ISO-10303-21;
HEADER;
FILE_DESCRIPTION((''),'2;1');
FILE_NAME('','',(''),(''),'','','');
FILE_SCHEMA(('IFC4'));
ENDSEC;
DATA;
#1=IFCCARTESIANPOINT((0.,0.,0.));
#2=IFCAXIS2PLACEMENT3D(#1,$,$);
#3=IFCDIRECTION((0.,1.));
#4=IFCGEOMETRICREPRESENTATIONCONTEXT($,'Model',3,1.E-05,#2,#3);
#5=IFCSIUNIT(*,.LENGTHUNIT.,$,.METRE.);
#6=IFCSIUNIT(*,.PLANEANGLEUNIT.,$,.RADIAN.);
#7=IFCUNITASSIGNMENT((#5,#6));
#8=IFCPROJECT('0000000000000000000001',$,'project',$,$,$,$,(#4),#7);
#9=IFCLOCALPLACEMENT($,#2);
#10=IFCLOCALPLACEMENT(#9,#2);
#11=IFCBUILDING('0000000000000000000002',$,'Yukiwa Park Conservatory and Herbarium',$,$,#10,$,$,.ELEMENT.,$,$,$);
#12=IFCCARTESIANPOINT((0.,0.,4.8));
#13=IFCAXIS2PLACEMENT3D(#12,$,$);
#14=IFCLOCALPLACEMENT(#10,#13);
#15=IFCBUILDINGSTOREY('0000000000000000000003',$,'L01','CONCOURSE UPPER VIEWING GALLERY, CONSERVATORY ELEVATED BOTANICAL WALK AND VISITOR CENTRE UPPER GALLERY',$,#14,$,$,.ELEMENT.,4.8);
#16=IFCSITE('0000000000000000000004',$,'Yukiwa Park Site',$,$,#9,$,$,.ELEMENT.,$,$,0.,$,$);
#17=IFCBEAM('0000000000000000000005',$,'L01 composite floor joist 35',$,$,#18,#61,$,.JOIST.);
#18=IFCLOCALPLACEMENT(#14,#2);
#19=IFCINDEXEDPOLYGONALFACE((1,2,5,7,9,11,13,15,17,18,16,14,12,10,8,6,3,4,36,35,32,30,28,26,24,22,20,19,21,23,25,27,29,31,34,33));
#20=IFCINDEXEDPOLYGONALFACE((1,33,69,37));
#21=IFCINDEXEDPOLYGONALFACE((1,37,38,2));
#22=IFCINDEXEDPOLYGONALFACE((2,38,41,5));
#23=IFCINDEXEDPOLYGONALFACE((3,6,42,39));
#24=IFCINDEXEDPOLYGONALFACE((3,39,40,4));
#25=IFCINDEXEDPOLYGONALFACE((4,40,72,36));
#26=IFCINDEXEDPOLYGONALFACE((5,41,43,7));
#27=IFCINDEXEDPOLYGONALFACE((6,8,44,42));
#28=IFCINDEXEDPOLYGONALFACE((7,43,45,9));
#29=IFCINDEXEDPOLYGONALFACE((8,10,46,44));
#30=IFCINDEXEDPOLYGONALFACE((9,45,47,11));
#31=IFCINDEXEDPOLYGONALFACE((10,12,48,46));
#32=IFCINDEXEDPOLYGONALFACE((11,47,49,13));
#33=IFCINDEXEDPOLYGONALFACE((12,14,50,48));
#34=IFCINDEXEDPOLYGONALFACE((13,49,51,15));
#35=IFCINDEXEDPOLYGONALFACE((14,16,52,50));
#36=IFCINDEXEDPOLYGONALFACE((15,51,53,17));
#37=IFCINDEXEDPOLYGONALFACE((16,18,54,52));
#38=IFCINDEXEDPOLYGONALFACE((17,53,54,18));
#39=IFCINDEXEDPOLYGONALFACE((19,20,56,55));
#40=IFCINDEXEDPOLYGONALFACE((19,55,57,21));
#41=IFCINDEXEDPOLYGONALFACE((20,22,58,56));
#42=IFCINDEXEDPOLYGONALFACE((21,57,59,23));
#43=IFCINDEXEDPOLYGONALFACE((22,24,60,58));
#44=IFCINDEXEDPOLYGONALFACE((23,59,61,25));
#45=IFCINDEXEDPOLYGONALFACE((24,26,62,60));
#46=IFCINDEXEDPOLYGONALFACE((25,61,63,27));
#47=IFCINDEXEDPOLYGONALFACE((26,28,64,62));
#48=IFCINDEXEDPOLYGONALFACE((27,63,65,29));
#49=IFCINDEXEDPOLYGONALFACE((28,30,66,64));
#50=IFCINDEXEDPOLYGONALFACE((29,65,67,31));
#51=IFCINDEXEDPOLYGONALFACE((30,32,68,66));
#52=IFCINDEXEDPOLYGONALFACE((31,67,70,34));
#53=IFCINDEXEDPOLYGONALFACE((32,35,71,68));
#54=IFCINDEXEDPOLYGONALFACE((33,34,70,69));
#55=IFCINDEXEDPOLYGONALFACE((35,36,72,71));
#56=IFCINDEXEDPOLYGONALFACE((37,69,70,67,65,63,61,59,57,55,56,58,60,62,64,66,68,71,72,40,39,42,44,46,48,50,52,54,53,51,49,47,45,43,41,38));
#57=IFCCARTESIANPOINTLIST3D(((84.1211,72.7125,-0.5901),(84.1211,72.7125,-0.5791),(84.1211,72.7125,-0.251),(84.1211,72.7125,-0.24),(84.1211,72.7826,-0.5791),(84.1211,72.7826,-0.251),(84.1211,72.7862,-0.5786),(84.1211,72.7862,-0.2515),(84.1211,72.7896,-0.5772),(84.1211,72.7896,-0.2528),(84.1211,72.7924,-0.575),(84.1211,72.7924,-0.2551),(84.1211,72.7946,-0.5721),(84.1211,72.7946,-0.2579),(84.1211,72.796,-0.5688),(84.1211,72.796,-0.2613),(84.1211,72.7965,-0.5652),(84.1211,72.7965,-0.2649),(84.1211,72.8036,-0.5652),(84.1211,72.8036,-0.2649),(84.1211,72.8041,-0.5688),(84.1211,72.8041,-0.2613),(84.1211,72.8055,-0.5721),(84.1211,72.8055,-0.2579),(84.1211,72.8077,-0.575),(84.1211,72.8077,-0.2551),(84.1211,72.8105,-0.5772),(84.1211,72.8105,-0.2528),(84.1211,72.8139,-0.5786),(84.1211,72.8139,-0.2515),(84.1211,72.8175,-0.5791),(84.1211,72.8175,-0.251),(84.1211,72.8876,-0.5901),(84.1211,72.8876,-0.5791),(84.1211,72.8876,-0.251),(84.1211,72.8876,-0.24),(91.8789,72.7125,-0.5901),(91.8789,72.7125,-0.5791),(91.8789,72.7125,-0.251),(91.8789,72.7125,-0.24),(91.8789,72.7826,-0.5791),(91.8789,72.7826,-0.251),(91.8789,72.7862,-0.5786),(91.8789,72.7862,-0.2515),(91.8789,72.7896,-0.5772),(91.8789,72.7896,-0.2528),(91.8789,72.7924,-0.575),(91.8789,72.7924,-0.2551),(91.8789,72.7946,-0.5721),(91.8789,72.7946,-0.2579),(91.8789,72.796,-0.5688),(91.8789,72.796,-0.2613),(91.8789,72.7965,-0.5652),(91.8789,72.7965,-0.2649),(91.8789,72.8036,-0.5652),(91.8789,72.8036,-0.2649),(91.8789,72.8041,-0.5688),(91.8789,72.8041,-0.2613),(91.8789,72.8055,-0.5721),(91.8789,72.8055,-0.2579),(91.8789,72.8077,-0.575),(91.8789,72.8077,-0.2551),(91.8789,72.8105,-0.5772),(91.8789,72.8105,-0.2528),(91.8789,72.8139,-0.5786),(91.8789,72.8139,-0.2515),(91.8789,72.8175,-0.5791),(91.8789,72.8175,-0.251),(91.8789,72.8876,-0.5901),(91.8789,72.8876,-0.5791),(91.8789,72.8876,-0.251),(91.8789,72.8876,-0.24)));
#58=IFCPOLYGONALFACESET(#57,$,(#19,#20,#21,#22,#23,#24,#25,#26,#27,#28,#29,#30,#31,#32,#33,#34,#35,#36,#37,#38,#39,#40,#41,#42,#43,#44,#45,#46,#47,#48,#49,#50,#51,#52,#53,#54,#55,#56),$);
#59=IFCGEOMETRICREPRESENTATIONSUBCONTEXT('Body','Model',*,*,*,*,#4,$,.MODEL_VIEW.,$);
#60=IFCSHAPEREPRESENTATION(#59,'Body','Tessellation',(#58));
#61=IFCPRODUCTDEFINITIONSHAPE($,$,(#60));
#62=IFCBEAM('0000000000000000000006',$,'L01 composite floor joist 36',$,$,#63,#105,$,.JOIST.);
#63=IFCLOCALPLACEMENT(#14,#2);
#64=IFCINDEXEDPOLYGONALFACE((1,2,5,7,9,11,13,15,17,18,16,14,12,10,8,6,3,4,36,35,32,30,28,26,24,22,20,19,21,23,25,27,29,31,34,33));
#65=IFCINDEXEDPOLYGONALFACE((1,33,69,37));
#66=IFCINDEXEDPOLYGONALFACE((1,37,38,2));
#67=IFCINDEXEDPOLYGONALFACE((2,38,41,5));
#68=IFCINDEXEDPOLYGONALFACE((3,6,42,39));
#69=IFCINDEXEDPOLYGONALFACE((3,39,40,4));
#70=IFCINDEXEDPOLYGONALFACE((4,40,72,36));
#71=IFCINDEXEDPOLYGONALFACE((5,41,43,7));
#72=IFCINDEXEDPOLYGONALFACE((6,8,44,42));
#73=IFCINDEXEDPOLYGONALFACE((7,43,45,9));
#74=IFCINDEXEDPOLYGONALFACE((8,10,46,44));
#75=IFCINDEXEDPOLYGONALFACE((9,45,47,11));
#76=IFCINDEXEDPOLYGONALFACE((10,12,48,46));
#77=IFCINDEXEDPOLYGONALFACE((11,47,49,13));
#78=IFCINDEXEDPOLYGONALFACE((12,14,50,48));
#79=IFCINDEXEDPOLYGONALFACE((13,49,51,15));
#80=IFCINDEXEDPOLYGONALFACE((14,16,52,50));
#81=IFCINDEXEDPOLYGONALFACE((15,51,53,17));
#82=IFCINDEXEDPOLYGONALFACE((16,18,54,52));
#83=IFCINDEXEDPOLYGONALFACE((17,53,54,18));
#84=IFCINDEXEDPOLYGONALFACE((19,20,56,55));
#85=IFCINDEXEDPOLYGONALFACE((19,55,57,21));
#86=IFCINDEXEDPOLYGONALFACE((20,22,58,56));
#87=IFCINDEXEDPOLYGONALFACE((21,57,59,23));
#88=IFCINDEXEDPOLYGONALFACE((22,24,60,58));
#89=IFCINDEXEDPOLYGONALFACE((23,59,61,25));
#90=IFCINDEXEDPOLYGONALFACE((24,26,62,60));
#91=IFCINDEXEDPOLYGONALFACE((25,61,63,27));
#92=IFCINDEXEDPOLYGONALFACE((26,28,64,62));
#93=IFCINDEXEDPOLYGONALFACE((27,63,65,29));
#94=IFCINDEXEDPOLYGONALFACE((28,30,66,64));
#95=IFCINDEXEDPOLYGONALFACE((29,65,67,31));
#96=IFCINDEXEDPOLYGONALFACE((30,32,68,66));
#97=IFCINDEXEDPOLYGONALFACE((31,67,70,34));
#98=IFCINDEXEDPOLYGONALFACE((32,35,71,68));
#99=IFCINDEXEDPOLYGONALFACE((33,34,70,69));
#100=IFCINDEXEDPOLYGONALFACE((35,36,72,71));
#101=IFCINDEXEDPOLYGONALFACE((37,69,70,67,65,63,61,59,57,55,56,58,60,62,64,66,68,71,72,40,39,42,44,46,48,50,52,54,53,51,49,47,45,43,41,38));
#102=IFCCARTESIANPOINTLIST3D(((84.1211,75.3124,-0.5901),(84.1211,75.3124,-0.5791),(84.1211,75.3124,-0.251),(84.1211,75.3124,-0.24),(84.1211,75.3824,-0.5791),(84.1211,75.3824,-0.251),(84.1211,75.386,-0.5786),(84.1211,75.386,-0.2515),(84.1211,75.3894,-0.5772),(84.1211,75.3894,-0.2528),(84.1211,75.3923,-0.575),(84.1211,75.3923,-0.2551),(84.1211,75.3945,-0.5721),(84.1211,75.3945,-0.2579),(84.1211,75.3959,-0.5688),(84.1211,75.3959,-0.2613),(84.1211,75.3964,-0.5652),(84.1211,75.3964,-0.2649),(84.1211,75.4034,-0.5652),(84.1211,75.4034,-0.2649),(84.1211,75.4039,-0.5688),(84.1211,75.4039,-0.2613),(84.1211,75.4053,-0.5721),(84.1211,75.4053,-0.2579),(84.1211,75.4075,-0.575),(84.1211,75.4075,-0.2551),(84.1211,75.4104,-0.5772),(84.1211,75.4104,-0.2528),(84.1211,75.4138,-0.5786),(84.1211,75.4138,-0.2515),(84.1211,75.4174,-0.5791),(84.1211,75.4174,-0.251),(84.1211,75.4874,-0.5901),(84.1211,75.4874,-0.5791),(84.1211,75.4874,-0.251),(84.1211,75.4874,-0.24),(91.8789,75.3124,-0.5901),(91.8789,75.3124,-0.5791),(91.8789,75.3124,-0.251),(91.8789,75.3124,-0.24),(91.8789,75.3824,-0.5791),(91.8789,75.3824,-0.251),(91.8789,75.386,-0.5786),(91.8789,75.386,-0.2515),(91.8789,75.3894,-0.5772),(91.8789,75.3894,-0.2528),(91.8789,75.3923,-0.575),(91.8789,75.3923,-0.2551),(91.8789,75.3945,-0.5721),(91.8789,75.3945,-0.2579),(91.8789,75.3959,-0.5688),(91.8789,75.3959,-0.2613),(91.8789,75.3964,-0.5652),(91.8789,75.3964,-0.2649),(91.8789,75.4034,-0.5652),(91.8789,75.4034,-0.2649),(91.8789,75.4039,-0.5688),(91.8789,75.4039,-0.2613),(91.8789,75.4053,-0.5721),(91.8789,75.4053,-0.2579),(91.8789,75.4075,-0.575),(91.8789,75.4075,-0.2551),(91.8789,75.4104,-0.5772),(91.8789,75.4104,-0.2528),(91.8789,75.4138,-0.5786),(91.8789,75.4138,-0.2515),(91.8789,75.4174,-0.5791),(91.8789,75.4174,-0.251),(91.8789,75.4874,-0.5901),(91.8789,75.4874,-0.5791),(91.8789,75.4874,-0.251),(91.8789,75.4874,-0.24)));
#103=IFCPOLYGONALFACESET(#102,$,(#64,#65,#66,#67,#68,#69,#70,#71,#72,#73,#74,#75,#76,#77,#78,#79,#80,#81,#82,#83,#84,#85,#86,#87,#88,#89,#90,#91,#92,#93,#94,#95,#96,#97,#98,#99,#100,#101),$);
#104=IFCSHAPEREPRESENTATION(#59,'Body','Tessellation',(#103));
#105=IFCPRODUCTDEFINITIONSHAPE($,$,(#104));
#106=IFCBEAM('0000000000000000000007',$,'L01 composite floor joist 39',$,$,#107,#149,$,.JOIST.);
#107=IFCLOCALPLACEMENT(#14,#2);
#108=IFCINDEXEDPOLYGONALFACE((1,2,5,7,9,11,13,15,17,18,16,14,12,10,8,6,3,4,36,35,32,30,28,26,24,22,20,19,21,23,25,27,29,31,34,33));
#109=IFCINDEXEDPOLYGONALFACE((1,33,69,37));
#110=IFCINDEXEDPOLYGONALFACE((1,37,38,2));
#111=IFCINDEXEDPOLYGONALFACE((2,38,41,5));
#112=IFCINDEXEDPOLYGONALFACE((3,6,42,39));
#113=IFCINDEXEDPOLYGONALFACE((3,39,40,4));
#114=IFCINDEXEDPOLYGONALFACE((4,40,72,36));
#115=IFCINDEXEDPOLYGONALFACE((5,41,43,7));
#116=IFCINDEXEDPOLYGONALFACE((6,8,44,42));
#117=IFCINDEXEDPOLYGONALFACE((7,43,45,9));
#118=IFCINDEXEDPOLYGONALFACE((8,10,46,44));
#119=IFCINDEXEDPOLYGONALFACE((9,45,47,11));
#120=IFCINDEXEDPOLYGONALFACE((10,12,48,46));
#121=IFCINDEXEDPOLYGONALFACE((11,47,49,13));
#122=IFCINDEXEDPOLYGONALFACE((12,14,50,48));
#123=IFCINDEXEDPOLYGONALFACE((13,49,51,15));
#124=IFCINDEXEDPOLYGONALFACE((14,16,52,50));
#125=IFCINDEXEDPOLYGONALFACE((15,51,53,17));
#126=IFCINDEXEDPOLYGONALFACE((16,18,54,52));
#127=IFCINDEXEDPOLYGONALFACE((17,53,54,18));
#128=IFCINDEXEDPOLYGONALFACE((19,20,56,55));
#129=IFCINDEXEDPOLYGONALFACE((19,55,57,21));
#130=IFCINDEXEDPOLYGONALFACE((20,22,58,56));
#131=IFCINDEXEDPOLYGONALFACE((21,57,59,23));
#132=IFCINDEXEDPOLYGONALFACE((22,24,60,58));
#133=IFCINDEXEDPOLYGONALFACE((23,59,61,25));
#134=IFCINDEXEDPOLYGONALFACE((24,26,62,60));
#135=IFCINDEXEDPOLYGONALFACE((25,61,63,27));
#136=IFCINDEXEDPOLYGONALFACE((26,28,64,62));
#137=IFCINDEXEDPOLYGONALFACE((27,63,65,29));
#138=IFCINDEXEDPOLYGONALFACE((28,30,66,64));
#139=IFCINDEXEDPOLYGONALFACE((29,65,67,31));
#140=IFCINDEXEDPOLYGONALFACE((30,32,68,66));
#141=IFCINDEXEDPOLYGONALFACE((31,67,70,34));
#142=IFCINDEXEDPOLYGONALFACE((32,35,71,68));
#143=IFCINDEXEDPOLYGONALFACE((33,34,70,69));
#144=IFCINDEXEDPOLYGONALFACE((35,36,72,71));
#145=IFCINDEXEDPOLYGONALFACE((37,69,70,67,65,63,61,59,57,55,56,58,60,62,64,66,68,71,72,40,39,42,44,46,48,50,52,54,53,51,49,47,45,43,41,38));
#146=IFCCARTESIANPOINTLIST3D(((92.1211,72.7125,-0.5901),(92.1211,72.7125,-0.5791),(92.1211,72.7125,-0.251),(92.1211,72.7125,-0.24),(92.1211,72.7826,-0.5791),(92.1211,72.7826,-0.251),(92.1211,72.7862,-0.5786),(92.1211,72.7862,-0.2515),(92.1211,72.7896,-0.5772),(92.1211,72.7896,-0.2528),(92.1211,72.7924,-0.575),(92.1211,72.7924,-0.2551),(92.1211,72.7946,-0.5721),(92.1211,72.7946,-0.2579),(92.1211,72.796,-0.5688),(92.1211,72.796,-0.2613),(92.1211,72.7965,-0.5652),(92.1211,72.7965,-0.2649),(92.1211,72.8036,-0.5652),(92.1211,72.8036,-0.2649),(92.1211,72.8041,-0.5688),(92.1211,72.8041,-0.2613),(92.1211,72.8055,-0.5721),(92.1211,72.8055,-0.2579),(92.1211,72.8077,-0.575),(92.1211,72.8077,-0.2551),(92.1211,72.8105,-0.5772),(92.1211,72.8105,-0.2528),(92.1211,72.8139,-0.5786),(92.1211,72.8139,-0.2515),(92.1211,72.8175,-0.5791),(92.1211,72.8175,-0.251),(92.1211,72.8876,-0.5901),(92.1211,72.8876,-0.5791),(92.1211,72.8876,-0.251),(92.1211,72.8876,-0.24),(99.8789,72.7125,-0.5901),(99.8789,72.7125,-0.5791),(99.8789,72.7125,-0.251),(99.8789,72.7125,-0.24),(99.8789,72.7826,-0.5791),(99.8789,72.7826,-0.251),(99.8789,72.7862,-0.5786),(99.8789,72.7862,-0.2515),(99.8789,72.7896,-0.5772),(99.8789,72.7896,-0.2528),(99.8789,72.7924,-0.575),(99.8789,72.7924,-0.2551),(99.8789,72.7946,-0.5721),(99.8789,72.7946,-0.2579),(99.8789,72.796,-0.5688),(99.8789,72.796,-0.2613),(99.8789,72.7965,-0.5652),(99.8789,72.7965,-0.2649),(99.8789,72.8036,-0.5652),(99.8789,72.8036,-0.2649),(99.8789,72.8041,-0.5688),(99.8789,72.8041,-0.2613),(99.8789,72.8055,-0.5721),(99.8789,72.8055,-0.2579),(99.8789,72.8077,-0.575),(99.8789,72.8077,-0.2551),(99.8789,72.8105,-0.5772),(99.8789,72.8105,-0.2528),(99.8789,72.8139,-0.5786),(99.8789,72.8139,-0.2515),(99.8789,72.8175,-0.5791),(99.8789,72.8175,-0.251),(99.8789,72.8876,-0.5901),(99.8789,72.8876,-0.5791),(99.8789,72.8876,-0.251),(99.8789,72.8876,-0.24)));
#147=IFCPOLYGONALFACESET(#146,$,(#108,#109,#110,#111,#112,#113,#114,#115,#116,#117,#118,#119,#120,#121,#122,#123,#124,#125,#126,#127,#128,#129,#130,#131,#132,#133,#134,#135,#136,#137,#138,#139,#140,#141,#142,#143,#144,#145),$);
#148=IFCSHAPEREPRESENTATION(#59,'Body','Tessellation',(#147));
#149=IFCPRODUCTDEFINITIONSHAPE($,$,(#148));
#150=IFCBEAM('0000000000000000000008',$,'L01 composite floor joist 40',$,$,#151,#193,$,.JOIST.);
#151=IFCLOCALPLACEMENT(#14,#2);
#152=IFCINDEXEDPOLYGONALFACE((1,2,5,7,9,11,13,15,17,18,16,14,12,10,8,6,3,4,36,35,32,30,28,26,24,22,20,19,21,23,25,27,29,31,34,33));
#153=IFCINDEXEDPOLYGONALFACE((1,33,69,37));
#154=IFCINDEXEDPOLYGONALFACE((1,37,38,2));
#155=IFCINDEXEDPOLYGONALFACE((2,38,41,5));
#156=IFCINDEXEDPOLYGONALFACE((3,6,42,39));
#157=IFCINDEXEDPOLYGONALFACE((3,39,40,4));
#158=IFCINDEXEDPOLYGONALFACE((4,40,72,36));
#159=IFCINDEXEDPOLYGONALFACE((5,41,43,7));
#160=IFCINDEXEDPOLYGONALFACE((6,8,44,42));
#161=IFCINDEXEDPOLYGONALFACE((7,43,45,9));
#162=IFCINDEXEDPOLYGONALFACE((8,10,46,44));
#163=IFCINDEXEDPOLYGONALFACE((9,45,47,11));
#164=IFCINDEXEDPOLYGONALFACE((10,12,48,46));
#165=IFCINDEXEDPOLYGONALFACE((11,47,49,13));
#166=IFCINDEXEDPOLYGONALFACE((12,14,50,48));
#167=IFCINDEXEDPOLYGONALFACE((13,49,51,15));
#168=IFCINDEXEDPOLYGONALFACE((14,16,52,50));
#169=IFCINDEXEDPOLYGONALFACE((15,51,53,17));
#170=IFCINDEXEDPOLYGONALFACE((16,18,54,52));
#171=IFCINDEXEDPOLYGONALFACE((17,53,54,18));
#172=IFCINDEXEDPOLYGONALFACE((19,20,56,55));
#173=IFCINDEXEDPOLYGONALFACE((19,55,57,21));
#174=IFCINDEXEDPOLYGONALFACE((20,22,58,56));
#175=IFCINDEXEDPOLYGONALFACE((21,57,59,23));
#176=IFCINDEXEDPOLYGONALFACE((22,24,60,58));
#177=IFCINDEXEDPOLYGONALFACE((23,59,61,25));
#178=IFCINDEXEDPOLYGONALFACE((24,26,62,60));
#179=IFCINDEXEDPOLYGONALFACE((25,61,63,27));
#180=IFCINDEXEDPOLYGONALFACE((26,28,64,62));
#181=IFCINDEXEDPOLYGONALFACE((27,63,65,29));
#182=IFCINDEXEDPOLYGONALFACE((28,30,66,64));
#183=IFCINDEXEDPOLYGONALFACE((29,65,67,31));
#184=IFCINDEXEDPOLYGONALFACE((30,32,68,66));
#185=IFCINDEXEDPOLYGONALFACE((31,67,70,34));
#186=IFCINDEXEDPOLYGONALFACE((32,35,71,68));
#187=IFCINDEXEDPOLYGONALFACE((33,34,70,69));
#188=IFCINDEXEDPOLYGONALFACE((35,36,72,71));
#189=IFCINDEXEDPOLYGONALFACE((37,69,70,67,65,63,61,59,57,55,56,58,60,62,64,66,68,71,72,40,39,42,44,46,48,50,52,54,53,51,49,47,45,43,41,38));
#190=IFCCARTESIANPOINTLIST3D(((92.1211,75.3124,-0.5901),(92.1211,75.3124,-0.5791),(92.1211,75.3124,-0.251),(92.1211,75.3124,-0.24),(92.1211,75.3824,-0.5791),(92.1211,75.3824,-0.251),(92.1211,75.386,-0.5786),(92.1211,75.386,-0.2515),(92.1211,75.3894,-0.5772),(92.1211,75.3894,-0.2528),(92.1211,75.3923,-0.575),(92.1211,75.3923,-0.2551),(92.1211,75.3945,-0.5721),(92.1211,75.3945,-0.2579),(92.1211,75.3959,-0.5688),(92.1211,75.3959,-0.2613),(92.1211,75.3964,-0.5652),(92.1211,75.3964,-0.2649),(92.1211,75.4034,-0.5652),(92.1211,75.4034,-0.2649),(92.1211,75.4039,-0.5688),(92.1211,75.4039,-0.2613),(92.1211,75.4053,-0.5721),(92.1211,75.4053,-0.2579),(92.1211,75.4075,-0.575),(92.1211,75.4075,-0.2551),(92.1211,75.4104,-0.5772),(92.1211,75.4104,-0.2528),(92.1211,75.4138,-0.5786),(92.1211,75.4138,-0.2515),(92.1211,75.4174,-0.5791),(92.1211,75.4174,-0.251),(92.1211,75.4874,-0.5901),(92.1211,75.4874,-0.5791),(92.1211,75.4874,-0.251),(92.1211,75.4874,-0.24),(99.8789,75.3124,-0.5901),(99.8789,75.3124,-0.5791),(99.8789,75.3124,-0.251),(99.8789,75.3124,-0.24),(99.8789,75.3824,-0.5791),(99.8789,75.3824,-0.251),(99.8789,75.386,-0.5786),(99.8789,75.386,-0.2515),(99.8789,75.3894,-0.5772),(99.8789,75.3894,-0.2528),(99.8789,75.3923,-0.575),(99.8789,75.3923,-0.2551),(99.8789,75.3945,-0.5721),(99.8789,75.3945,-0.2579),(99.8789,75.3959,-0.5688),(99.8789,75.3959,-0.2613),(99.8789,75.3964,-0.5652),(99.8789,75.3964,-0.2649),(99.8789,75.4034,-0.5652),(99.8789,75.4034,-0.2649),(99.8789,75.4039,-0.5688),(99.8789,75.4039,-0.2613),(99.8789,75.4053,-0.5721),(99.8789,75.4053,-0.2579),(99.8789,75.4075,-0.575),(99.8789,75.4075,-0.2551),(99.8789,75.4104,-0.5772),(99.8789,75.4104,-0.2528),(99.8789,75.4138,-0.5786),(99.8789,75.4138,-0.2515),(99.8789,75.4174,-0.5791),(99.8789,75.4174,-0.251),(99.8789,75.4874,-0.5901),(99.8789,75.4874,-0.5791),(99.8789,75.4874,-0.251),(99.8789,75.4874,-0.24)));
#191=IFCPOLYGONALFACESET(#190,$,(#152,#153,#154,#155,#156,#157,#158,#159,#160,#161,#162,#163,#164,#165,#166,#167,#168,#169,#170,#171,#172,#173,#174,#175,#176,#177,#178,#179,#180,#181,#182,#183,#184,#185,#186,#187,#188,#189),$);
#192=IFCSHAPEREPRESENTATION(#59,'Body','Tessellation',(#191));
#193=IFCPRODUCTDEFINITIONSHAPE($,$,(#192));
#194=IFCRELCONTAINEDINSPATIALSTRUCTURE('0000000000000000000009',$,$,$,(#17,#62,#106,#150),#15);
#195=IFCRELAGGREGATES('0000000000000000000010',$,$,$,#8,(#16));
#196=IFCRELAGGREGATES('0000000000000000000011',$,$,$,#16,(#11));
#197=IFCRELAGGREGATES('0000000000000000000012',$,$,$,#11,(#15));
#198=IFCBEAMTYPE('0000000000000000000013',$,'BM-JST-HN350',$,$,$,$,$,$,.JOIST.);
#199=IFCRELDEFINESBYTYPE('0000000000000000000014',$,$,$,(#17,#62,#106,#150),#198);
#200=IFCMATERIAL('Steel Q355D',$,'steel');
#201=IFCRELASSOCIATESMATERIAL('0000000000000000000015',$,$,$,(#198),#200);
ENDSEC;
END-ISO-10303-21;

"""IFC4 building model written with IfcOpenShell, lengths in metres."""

from ifc_helpers import new_model, si_unit, direction, frame, origin, origin_2d, place, context, subcontext, project, spatial, i_section, extrude, material, material_profile, profile_set, type_object, element, save


model = new_model("IFC4")

# Units and contexts
model_context = context("Model", 3, precision=1e-05, world=origin(), true_north=direction((0.0, 1.0)))
body_context = subcontext(model_context, "Body", "Model", "MODEL_VIEW")
ifc_project = project(units=[si_unit("LENGTHUNIT", "METRE"), si_unit("PLANEANGLEUNIT", "RADIAN")], contexts=[model_context])

# Site, building, storey
site_placement = place(None, origin())
site = spatial("IfcSite", under=ifc_project, at=site_placement, Name="Yukiwa Park Site", CompositionType="ELEMENT", RefElevation=0.0)
building_placement = place(site_placement, origin())
building = spatial("IfcBuilding", under=site, at=building_placement, Name="Yukiwa Park Conservatory and Herbarium", CompositionType="ELEMENT")
storey_placement = place(building_placement, frame((0.0, 0.0, 4.8)))
storey = spatial("IfcBuildingStorey", under=building, at=storey_placement, Name="L01", Description="CONCOURSE UPPER VIEWING GALLERY, CONSERVATORY ELEVATED BOTANICAL WALK AND VISITOR CENTRE UPPER GALLERY", CompositionType="ELEMENT", Elevation=4.8)

# Beams
ifc_material_1 = material(Name="Steel Q355D", Category="steel")
ifc_material_profile_1 = material_profile(ifc_material_1, i_section(OverallWidth=0.175, OverallDepth=0.3501, WebThickness=0.0071, FlangeThickness=0.011, FilletRadius=0.0139, at=origin_2d()), Name="HN 350x175x7x11")
ifc_profile_set_1 = profile_set([ifc_material_profile_1], Name="Steel Q355D")
beam_type_1 = type_object("IfcBeamType", Name="BM-JST-HN350", PredefinedType="JOIST", material=ifc_profile_set_1)
for number, where, z_axis, x_axis, name in (
    (1, (84.1211, 72.8, -0.415), (1.0, 0.0, 0.0), (0.0, 1.0, 0.0), "L01 composite floor joist 35"),
    (2, (84.1211, 75.3999, -0.415), (1.0, 0.0, 0.0), (0.0, 1.0, 0.0), "L01 composite floor joist 36"),
    (3, (92.1211, 72.8, -0.415), (1.0, 0.0, 0.0), (0.0, 1.0, 0.0), "L01 composite floor joist 39"),
    (4, (92.1211, 75.3999, -0.415), (1.0, 0.0, 0.0), (0.0, 1.0, 0.0), "L01 composite floor joist 40"),
):
    element("IfcBeam", number, at=place(storey_placement, frame(where, z_axis=z_axis, x_axis=x_axis)), inside=storey, type_object=beam_type_1, Name=name, PredefinedType="JOIST", context=body_context, shape_type="SweptSolid", body=[
        extrude(i_section(OverallWidth=0.175, OverallDepth=0.3501, WebThickness=0.0071, FlangeThickness=0.011, FilletRadius=0.0139, at=origin_2d()), origin(), (0.0, 0.0, 1.0), 7.7578),
    ])

save(model, "model.ifc")
